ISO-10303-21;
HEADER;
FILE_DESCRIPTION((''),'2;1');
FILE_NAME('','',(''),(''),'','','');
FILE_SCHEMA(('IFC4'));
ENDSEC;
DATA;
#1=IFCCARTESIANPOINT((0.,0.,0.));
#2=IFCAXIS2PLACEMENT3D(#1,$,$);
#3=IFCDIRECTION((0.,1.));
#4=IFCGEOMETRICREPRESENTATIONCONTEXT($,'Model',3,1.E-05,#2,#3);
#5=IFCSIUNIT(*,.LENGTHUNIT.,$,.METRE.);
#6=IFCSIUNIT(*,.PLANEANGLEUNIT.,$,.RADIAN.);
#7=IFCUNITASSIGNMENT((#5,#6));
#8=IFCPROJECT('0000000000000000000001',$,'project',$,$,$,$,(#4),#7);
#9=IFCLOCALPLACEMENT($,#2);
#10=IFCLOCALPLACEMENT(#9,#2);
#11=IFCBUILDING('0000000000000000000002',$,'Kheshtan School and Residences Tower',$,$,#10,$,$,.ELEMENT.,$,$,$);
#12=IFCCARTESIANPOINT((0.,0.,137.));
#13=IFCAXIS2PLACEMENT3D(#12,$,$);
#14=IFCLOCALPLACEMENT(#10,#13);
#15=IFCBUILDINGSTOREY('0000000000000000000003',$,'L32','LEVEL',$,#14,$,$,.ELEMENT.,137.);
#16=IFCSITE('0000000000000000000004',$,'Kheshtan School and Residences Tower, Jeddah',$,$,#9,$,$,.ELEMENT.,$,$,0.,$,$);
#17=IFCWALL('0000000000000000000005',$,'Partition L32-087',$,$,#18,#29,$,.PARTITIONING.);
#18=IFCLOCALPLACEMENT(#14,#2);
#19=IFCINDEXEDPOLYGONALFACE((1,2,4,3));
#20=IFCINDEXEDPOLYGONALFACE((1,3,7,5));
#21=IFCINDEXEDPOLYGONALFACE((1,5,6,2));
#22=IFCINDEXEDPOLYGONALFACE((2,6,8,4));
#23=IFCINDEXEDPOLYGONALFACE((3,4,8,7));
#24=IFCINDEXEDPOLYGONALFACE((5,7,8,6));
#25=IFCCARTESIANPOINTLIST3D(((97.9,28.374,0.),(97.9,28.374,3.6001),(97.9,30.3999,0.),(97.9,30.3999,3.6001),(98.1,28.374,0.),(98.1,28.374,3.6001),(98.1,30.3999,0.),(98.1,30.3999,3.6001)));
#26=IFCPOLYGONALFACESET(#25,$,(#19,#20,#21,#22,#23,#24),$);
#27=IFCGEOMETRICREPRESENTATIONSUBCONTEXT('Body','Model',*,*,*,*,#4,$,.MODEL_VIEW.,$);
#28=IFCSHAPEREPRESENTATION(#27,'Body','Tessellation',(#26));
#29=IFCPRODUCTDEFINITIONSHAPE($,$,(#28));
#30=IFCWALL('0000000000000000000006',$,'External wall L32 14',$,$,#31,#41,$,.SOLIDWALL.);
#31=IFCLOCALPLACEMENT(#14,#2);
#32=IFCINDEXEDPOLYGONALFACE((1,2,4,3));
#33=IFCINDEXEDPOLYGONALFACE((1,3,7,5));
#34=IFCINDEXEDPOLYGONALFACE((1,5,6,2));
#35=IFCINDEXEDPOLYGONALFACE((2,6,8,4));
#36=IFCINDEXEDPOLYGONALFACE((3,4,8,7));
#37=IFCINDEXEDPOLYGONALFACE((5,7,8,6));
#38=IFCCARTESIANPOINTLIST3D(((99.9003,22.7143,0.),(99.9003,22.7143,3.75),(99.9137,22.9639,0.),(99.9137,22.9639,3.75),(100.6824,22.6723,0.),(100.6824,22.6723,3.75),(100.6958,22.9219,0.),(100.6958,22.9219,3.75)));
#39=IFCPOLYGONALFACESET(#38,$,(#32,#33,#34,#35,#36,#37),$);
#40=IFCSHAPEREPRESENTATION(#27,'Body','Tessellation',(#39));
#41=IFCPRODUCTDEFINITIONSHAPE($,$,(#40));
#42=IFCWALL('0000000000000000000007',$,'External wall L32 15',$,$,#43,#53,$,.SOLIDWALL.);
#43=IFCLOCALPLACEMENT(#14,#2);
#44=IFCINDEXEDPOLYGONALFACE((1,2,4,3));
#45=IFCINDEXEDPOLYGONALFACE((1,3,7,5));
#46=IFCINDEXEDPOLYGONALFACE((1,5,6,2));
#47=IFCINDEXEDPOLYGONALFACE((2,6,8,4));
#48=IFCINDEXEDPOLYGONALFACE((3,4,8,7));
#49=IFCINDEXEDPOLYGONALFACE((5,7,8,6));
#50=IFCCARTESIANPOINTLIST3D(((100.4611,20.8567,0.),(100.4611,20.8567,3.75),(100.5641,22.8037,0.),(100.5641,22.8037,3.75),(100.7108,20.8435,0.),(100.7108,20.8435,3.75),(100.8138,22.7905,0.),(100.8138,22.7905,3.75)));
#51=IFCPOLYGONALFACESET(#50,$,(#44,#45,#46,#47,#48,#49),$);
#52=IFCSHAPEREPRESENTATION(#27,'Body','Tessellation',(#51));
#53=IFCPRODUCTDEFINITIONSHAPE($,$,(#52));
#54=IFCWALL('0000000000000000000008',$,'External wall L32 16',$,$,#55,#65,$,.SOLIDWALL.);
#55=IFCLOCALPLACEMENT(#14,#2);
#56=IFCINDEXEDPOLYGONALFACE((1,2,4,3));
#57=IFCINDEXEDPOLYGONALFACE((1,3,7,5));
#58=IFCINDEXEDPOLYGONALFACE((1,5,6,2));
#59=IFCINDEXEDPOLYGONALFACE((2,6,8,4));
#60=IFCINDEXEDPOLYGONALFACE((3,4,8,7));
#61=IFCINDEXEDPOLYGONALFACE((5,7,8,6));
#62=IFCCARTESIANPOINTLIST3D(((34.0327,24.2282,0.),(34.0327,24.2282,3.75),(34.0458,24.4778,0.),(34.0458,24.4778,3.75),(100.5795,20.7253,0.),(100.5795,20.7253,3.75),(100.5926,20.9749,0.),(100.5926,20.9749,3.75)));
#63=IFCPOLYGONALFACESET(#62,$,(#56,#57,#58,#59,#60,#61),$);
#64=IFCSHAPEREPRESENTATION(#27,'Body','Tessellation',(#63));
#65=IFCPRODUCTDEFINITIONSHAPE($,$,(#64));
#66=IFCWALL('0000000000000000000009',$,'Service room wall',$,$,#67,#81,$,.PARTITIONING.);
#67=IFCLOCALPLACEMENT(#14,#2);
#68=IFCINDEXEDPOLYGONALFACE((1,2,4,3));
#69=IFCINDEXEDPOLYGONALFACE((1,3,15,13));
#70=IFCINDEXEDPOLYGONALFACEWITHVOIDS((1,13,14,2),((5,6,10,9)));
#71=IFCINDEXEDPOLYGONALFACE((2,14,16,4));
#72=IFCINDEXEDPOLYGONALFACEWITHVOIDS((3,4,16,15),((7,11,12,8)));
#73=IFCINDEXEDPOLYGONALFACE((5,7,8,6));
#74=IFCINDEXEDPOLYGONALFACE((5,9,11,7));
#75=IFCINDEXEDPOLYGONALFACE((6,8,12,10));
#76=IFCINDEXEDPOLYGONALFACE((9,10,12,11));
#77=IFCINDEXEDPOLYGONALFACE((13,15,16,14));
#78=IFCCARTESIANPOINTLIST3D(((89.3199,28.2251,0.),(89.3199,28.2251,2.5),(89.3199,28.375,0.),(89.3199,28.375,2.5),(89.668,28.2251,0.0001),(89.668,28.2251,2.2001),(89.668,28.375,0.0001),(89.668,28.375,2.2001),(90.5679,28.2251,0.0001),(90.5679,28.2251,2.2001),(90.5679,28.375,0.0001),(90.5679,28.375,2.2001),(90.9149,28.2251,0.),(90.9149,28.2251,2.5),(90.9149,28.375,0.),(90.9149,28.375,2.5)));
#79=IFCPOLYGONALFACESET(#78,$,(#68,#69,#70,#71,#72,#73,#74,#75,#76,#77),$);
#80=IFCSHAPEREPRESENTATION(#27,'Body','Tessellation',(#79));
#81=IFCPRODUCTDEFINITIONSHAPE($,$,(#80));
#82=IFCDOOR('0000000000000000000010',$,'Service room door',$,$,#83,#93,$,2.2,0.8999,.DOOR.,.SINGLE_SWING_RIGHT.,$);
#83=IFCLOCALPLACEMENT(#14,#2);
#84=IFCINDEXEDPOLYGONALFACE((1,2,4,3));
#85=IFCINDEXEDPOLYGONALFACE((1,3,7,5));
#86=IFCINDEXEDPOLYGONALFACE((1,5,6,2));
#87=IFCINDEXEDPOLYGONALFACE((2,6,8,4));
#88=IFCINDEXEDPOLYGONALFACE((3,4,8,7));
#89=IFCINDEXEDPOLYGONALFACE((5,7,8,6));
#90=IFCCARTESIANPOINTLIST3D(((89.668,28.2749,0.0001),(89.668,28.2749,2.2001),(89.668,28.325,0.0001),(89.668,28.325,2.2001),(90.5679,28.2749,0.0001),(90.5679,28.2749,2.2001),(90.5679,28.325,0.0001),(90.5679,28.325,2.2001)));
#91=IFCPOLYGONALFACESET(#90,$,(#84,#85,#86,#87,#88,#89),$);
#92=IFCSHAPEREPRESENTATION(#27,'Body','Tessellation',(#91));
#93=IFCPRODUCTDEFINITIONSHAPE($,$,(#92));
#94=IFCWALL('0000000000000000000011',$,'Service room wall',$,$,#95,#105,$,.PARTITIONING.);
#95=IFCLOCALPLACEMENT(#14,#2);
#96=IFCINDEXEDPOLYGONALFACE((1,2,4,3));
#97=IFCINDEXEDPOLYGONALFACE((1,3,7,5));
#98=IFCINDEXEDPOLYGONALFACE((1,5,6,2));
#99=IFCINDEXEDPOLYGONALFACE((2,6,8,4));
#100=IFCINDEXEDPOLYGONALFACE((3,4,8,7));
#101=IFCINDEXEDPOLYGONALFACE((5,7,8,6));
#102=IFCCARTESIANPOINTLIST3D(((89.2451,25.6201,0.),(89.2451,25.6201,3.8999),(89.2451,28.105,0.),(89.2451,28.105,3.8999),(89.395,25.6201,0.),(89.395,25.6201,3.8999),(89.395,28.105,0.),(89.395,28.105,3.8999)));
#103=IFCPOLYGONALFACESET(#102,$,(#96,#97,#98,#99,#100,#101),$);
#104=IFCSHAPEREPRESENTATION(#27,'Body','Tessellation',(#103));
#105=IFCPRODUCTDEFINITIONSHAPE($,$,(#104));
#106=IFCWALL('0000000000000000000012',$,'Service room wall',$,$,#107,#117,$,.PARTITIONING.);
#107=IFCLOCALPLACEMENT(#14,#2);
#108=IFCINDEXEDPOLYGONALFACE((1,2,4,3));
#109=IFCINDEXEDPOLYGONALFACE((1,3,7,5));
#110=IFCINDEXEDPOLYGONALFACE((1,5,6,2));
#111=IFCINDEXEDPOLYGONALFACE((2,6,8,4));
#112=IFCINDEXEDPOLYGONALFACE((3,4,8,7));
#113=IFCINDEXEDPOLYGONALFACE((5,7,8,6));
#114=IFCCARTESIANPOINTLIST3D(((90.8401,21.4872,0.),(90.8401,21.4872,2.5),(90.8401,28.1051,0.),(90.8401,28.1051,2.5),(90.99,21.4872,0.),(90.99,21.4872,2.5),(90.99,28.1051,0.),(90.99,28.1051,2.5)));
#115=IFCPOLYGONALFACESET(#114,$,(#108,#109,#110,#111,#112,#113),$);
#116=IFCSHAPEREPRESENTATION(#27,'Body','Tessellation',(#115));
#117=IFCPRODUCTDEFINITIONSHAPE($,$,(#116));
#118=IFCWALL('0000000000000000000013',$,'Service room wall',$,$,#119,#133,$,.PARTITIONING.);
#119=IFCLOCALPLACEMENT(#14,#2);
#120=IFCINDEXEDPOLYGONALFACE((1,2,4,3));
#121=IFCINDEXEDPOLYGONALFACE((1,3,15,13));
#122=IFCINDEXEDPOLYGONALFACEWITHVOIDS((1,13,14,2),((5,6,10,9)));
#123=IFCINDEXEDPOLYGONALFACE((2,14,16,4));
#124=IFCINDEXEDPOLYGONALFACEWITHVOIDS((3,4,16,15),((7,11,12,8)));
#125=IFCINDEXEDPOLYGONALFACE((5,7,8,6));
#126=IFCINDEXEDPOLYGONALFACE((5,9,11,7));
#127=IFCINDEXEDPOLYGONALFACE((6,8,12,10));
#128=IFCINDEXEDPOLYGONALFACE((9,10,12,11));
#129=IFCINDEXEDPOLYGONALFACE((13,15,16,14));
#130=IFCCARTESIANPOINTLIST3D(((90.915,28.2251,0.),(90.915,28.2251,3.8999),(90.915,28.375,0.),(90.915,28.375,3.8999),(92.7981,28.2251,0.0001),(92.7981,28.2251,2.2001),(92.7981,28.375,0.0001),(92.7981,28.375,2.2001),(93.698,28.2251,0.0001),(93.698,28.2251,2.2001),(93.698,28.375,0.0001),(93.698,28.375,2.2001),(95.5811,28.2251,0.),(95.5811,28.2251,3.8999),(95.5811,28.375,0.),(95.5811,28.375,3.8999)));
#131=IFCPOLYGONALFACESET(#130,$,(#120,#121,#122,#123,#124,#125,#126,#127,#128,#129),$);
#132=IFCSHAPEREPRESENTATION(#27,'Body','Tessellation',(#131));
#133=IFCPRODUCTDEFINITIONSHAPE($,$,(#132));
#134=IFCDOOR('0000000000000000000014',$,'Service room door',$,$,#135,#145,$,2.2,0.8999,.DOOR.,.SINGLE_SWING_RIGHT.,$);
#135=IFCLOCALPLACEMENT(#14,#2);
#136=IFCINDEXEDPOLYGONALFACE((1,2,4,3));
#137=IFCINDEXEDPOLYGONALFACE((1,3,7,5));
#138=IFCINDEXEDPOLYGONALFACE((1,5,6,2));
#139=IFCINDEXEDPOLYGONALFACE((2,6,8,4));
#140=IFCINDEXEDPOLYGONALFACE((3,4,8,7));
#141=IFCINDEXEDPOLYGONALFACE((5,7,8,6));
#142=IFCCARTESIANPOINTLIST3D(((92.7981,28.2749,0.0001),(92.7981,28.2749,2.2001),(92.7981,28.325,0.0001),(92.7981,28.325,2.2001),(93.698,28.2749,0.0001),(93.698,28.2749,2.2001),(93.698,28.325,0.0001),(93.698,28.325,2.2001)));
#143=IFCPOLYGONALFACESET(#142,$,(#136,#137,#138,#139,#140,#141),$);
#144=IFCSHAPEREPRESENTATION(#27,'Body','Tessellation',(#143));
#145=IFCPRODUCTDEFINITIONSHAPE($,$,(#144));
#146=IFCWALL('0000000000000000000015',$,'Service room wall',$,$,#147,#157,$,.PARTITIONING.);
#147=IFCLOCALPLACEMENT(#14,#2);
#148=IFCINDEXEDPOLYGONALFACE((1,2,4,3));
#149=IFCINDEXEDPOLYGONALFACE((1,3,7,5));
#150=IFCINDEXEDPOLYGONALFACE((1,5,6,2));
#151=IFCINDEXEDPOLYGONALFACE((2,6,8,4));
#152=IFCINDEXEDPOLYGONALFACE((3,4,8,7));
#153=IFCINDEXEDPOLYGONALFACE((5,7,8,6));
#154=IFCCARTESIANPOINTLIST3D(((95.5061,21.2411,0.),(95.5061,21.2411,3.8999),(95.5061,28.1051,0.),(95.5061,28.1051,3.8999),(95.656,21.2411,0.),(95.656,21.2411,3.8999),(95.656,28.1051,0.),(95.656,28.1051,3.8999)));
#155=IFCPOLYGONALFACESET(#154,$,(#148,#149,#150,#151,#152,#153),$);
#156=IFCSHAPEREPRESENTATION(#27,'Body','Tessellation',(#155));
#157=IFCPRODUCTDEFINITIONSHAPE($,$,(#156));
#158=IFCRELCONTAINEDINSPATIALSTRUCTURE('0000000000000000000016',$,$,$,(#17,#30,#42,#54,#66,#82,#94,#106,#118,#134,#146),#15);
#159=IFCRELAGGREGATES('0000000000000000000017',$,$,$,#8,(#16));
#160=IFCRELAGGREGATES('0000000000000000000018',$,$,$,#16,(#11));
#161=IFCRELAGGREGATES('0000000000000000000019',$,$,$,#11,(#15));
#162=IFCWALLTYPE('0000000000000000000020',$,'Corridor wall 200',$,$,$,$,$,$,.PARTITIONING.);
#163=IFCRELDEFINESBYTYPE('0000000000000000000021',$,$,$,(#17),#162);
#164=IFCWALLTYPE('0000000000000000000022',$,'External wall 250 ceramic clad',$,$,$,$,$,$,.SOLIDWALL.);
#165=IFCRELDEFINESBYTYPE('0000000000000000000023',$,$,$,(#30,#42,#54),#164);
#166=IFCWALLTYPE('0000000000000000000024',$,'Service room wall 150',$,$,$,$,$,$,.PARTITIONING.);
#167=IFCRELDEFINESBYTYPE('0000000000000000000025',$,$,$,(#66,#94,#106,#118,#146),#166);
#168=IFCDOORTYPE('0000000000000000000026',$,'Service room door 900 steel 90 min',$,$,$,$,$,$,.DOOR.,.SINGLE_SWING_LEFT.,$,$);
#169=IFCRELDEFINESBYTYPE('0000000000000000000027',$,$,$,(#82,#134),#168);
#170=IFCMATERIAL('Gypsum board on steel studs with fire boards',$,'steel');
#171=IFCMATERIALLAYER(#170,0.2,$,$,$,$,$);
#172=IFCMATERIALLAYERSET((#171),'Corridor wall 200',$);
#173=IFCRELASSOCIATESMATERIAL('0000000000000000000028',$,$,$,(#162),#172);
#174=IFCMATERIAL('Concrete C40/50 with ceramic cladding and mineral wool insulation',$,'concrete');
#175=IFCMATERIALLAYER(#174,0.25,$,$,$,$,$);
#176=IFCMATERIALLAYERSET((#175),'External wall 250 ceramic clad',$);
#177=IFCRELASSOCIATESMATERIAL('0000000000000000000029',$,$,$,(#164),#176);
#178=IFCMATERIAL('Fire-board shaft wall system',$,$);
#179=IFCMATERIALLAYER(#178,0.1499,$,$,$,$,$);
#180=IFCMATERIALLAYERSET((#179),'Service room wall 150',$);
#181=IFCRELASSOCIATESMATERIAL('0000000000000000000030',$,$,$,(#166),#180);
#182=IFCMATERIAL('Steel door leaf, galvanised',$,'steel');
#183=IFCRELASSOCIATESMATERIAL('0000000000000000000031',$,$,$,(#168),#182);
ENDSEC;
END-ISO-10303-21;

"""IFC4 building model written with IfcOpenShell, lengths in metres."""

from ifc_helpers import new_model, si_unit, direction, frame, frame_2d, origin, place, context, subcontext, project, spatial, rectangle, extrude, source, transform, mapped, material, layer, layer_set, type_object, element, fill, save


model = new_model("IFC4")

# Units and contexts
model_context = context("Model", 3, precision=1e-05, world=origin(), true_north=direction((0.0, 1.0)))
body_context = subcontext(model_context, "Body", "Model", "MODEL_VIEW")
ifc_project = project(units=[si_unit("LENGTHUNIT", "METRE"), si_unit("PLANEANGLEUNIT", "RADIAN")], contexts=[model_context])

# Site, building, storey
site_placement = place(None, origin())
site = spatial("IfcSite", under=ifc_project, at=site_placement, Name="Kheshtan School and Residences Tower, Jeddah", CompositionType="ELEMENT", RefElevation=0.0)
building_placement = place(site_placement, origin())
building = spatial("IfcBuilding", under=site, at=building_placement, Name="Kheshtan School and Residences Tower", CompositionType="ELEMENT")
storey_placement = place(building_placement, frame((0.0, 0.0, 137.0)))
storey = spatial("IfcBuildingStorey", under=building, at=storey_placement, Name="L32", Description="LEVEL", CompositionType="ELEMENT", Elevation=137.0)

# Walls
ifc_material_1 = material(Name="Gypsum board on steel studs with fire boards", Category="steel")
ifc_layer_1 = layer(ifc_material_1, 0.2)
ifc_layer_set_1 = layer_set([ifc_layer_1], Name="Corridor wall 200")
wall_type_1 = type_object("IfcWallType", Name="Corridor wall 200", PredefinedType="PARTITIONING", material=ifc_layer_set_1)
wall_1_placement = place(storey_placement, frame((98.0, 28.374, 0.0), z_axis=(0.0, 0.0, 1.0), x_axis=(0.0, 1.0, 0.0)))
element("IfcWall", 1, at=wall_1_placement, inside=storey, type_object=wall_type_1, Name="Partition L32-087", PredefinedType="PARTITIONING", context=body_context, shape_type="SweptSolid", body=[
    extrude(rectangle(XDim=2.0259, YDim=0.2, at=frame_2d((1.0129, 0.0))), origin(), (0.0, 0.0, 1.0), 3.6001),
])
ifc_material_2 = material(Name="Concrete C40/50 with ceramic cladding and mineral wool insulation", Category="concrete")
ifc_layer_2 = layer(ifc_material_2, 0.25)
ifc_layer_set_2 = layer_set([ifc_layer_2], Name="External wall 250 ceramic clad")
wall_type_2 = type_object("IfcWallType", Name="External wall 250 ceramic clad", PredefinedType="SOLIDWALL", material=ifc_layer_set_2)
wall_2_placement = place(storey_placement, frame((99.907, 22.8391, 0.0), z_axis=(0.0, 0.0, 1.0), x_axis=(0.998561, -0.053622, 0.0)))
element("IfcWall", 2, at=wall_2_placement, inside=storey, type_object=wall_type_2, Name="External wall L32 14", PredefinedType="SOLIDWALL", context=body_context, shape_type="SweptSolid", body=[
    extrude(rectangle(XDim=0.7832, YDim=0.25, at=frame_2d((0.3916, 0.0))), origin(), (0.0, 0.0, 1.0), 3.75),
])
wall_3_placement = place(storey_placement, frame((100.689, 22.7971, 0.0), z_axis=(0.0, 0.0, 1.0), x_axis=(-0.052841, -0.998603, 0.0)))
element("IfcWall", 3, at=wall_3_placement, inside=storey, type_object=wall_type_2, Name="External wall L32 15", PredefinedType="SOLIDWALL", context=body_context, shape_type="SweptSolid", body=[
    extrude(rectangle(XDim=1.9497, YDim=0.25, at=frame_2d((0.9749, 0.0))), origin(), (0.0, 0.0, 1.0), 3.75),
])
wall_4_placement = place(storey_placement, frame((100.5859, 20.8501, 0.0), z_axis=(0.0, 0.0, 1.0), x_axis=(-0.998617, 0.052566, 0.0)))
element("IfcWall", 4, at=wall_4_placement, inside=storey, type_object=wall_type_2, Name="External wall L32 16", PredefinedType="SOLIDWALL", context=body_context, shape_type="SweptSolid", body=[
    extrude(rectangle(XDim=66.6389, YDim=0.25, at=frame_2d((33.3193, 0.0))), origin(), (0.0, 0.0, 1.0), 3.75),
])

# Wall, opening, door
ifc_material_3 = material(Name="Fire-board shaft wall system")
ifc_layer_3 = layer(ifc_material_3, 0.1499)
ifc_layer_set_3 = layer_set([ifc_layer_3], Name="Service room wall 150")
wall_type_3 = type_object("IfcWallType", Name="Service room wall 150", PredefinedType="PARTITIONING", material=ifc_layer_set_3)
wall_5_placement = place(storey_placement, frame((89.3201, 28.3, 0.0), z_axis=(0.0, 0.0, 1.0), x_axis=(1.0, 0.0, 0.0)))
wall_5 = element("IfcWall", 5, at=wall_5_placement, inside=storey, type_object=wall_type_3, Name="Service room wall", PredefinedType="PARTITIONING", context=body_context, shape_type="SweptSolid", body=[
    extrude(rectangle(XDim=1.595, YDim=0.1499, at=frame_2d((0.7974, 0.0))), origin(), (0.0, 0.0, 1.0), 2.5),
])
opening_1_placement = place(wall_5_placement, frame((0.3479, 0.0, 0.0)))
opening_1 = element("IfcOpeningElement", 6, at=opening_1_placement, cuts=wall_5, PredefinedType="OPENING", context=body_context, shape_type="SweptSolid", body=[
    extrude(rectangle(XDim=0.8999, YDim=2.2, at=frame_2d((0.45, 1.1001))), frame((0.0, 0.085, 0.0), z_axis=(0.0, -1.0, 0.0), x_axis=(1.0, 0.0, 0.0)), (0.0, 0.0, 1.0), 0.1699),
])
ifc_material_4 = material(Name="Steel door leaf, galvanised", Category="steel")
door_type_1 = type_object("IfcDoorType", Name="Service room door 900 steel 90 min", OperationType="SINGLE_SWING_LEFT", PredefinedType="DOOR", material=ifc_material_4)
shared_shape_1 = source(origin(), body_context, "Body", "SweptSolid", [
    extrude(rectangle(XDim=0.8999, YDim=2.2, at=frame_2d((0.45, 1.1001))), frame((0.0, 0.0249, 0.0), z_axis=(0.0, -1.0, 0.0), x_axis=(1.0, 0.0, 0.0)), (0.0, 0.0, 1.0), 0.05),
])
door_1_placement = place(opening_1_placement, origin())
door_1 = element("IfcDoor", 7, at=door_1_placement, inside=storey, type_object=door_type_1, Name="Service room door", OperationType="SINGLE_SWING_RIGHT", OverallHeight=2.2, OverallWidth=0.8999, PredefinedType="DOOR", context=body_context, shape_type="MappedRepresentation", body=[
    mapped(shared_shape_1, transform((0.0, 0.0, 0.0), x_axis=(1.0, 0.0, 0.0), y_axis=(0.0, 1.0, 0.0), z_axis=(0.0, 0.0, 1.0), scale=1.0)),
])
fill(opening_1, door_1)

# Walls
wall_6_placement = place(storey_placement, frame((89.3201, 25.6201, 0.0), z_axis=(0.0, 0.0, 1.0), x_axis=(0.0, 1.0, 0.0)))
element("IfcWall", 8, at=wall_6_placement, inside=storey, type_object=wall_type_3, Name="Service room wall", PredefinedType="PARTITIONING", context=body_context, shape_type="SweptSolid", body=[
    extrude(rectangle(XDim=2.4849, YDim=0.1499, at=frame_2d((1.2424, 0.0))), origin(), (0.0, 0.0, 1.0), 3.8999),
])
wall_7_placement = place(storey_placement, frame((90.915, 21.4871, 0.0), z_axis=(0.0, 0.0, 1.0), x_axis=(0.0, 1.0, 0.0)))
element("IfcWall", 9, at=wall_7_placement, inside=storey, type_object=wall_type_3, Name="Service room wall", PredefinedType="PARTITIONING", context=body_context, shape_type="SweptSolid", body=[
    extrude(rectangle(XDim=6.6179, YDim=0.1499, at=frame_2d((3.3091, 0.0))), origin(), (0.0, 0.0, 1.0), 2.5),
])

# Wall, opening, door
wall_8_placement = place(storey_placement, frame((90.915, 28.3, 0.0), z_axis=(0.0, 0.0, 1.0), x_axis=(1.0, 0.0, 0.0)))
wall_8 = element("IfcWall", 10, at=wall_8_placement, inside=storey, type_object=wall_type_3, Name="Service room wall", PredefinedType="PARTITIONING", context=body_context, shape_type="SweptSolid", body=[
    extrude(rectangle(XDim=4.666, YDim=0.1499, at=frame_2d((2.333, 0.0))), origin(), (0.0, 0.0, 1.0), 3.8999),
])
opening_2_placement = place(wall_8_placement, frame((1.8831, 0.0, 0.0)))
opening_2 = element("IfcOpeningElement", 11, at=opening_2_placement, cuts=wall_8, PredefinedType="OPENING", context=body_context, shape_type="SweptSolid", body=[
    extrude(rectangle(XDim=0.8999, YDim=2.2, at=frame_2d((0.45, 1.1001))), frame((0.0, 0.085, 0.0), z_axis=(0.0, -1.0, 0.0), x_axis=(1.0, 0.0, 0.0)), (0.0, 0.0, 1.0), 0.1699),
])
door_2_placement = place(opening_2_placement, origin())
door_2 = element("IfcDoor", 12, at=door_2_placement, inside=storey, type_object=door_type_1, Name="Service room door", OperationType="SINGLE_SWING_RIGHT", OverallHeight=2.2, OverallWidth=0.8999, PredefinedType="DOOR", context=body_context, shape_type="MappedRepresentation", body=[
    mapped(shared_shape_1, transform((0.0, 0.0, 0.0), x_axis=(1.0, 0.0, 0.0), y_axis=(0.0, 1.0, 0.0), z_axis=(0.0, 0.0, 1.0), scale=1.0)),
])
fill(opening_2, door_2)

# Wall
wall_9_placement = place(storey_placement, frame((95.5811, 21.241, 0.0), z_axis=(0.0, 0.0, 1.0), x_axis=(0.0, 1.0, 0.0)))
element("IfcWall", 13, at=wall_9_placement, inside=storey, type_object=wall_type_3, Name="Service room wall", PredefinedType="PARTITIONING", context=body_context, shape_type="SweptSolid", body=[
    extrude(rectangle(XDim=6.864, YDim=0.1499, at=frame_2d((3.4321, 0.0))), origin(), (0.0, 0.0, 1.0), 3.8999),
])

save(model, "model.ifc")
